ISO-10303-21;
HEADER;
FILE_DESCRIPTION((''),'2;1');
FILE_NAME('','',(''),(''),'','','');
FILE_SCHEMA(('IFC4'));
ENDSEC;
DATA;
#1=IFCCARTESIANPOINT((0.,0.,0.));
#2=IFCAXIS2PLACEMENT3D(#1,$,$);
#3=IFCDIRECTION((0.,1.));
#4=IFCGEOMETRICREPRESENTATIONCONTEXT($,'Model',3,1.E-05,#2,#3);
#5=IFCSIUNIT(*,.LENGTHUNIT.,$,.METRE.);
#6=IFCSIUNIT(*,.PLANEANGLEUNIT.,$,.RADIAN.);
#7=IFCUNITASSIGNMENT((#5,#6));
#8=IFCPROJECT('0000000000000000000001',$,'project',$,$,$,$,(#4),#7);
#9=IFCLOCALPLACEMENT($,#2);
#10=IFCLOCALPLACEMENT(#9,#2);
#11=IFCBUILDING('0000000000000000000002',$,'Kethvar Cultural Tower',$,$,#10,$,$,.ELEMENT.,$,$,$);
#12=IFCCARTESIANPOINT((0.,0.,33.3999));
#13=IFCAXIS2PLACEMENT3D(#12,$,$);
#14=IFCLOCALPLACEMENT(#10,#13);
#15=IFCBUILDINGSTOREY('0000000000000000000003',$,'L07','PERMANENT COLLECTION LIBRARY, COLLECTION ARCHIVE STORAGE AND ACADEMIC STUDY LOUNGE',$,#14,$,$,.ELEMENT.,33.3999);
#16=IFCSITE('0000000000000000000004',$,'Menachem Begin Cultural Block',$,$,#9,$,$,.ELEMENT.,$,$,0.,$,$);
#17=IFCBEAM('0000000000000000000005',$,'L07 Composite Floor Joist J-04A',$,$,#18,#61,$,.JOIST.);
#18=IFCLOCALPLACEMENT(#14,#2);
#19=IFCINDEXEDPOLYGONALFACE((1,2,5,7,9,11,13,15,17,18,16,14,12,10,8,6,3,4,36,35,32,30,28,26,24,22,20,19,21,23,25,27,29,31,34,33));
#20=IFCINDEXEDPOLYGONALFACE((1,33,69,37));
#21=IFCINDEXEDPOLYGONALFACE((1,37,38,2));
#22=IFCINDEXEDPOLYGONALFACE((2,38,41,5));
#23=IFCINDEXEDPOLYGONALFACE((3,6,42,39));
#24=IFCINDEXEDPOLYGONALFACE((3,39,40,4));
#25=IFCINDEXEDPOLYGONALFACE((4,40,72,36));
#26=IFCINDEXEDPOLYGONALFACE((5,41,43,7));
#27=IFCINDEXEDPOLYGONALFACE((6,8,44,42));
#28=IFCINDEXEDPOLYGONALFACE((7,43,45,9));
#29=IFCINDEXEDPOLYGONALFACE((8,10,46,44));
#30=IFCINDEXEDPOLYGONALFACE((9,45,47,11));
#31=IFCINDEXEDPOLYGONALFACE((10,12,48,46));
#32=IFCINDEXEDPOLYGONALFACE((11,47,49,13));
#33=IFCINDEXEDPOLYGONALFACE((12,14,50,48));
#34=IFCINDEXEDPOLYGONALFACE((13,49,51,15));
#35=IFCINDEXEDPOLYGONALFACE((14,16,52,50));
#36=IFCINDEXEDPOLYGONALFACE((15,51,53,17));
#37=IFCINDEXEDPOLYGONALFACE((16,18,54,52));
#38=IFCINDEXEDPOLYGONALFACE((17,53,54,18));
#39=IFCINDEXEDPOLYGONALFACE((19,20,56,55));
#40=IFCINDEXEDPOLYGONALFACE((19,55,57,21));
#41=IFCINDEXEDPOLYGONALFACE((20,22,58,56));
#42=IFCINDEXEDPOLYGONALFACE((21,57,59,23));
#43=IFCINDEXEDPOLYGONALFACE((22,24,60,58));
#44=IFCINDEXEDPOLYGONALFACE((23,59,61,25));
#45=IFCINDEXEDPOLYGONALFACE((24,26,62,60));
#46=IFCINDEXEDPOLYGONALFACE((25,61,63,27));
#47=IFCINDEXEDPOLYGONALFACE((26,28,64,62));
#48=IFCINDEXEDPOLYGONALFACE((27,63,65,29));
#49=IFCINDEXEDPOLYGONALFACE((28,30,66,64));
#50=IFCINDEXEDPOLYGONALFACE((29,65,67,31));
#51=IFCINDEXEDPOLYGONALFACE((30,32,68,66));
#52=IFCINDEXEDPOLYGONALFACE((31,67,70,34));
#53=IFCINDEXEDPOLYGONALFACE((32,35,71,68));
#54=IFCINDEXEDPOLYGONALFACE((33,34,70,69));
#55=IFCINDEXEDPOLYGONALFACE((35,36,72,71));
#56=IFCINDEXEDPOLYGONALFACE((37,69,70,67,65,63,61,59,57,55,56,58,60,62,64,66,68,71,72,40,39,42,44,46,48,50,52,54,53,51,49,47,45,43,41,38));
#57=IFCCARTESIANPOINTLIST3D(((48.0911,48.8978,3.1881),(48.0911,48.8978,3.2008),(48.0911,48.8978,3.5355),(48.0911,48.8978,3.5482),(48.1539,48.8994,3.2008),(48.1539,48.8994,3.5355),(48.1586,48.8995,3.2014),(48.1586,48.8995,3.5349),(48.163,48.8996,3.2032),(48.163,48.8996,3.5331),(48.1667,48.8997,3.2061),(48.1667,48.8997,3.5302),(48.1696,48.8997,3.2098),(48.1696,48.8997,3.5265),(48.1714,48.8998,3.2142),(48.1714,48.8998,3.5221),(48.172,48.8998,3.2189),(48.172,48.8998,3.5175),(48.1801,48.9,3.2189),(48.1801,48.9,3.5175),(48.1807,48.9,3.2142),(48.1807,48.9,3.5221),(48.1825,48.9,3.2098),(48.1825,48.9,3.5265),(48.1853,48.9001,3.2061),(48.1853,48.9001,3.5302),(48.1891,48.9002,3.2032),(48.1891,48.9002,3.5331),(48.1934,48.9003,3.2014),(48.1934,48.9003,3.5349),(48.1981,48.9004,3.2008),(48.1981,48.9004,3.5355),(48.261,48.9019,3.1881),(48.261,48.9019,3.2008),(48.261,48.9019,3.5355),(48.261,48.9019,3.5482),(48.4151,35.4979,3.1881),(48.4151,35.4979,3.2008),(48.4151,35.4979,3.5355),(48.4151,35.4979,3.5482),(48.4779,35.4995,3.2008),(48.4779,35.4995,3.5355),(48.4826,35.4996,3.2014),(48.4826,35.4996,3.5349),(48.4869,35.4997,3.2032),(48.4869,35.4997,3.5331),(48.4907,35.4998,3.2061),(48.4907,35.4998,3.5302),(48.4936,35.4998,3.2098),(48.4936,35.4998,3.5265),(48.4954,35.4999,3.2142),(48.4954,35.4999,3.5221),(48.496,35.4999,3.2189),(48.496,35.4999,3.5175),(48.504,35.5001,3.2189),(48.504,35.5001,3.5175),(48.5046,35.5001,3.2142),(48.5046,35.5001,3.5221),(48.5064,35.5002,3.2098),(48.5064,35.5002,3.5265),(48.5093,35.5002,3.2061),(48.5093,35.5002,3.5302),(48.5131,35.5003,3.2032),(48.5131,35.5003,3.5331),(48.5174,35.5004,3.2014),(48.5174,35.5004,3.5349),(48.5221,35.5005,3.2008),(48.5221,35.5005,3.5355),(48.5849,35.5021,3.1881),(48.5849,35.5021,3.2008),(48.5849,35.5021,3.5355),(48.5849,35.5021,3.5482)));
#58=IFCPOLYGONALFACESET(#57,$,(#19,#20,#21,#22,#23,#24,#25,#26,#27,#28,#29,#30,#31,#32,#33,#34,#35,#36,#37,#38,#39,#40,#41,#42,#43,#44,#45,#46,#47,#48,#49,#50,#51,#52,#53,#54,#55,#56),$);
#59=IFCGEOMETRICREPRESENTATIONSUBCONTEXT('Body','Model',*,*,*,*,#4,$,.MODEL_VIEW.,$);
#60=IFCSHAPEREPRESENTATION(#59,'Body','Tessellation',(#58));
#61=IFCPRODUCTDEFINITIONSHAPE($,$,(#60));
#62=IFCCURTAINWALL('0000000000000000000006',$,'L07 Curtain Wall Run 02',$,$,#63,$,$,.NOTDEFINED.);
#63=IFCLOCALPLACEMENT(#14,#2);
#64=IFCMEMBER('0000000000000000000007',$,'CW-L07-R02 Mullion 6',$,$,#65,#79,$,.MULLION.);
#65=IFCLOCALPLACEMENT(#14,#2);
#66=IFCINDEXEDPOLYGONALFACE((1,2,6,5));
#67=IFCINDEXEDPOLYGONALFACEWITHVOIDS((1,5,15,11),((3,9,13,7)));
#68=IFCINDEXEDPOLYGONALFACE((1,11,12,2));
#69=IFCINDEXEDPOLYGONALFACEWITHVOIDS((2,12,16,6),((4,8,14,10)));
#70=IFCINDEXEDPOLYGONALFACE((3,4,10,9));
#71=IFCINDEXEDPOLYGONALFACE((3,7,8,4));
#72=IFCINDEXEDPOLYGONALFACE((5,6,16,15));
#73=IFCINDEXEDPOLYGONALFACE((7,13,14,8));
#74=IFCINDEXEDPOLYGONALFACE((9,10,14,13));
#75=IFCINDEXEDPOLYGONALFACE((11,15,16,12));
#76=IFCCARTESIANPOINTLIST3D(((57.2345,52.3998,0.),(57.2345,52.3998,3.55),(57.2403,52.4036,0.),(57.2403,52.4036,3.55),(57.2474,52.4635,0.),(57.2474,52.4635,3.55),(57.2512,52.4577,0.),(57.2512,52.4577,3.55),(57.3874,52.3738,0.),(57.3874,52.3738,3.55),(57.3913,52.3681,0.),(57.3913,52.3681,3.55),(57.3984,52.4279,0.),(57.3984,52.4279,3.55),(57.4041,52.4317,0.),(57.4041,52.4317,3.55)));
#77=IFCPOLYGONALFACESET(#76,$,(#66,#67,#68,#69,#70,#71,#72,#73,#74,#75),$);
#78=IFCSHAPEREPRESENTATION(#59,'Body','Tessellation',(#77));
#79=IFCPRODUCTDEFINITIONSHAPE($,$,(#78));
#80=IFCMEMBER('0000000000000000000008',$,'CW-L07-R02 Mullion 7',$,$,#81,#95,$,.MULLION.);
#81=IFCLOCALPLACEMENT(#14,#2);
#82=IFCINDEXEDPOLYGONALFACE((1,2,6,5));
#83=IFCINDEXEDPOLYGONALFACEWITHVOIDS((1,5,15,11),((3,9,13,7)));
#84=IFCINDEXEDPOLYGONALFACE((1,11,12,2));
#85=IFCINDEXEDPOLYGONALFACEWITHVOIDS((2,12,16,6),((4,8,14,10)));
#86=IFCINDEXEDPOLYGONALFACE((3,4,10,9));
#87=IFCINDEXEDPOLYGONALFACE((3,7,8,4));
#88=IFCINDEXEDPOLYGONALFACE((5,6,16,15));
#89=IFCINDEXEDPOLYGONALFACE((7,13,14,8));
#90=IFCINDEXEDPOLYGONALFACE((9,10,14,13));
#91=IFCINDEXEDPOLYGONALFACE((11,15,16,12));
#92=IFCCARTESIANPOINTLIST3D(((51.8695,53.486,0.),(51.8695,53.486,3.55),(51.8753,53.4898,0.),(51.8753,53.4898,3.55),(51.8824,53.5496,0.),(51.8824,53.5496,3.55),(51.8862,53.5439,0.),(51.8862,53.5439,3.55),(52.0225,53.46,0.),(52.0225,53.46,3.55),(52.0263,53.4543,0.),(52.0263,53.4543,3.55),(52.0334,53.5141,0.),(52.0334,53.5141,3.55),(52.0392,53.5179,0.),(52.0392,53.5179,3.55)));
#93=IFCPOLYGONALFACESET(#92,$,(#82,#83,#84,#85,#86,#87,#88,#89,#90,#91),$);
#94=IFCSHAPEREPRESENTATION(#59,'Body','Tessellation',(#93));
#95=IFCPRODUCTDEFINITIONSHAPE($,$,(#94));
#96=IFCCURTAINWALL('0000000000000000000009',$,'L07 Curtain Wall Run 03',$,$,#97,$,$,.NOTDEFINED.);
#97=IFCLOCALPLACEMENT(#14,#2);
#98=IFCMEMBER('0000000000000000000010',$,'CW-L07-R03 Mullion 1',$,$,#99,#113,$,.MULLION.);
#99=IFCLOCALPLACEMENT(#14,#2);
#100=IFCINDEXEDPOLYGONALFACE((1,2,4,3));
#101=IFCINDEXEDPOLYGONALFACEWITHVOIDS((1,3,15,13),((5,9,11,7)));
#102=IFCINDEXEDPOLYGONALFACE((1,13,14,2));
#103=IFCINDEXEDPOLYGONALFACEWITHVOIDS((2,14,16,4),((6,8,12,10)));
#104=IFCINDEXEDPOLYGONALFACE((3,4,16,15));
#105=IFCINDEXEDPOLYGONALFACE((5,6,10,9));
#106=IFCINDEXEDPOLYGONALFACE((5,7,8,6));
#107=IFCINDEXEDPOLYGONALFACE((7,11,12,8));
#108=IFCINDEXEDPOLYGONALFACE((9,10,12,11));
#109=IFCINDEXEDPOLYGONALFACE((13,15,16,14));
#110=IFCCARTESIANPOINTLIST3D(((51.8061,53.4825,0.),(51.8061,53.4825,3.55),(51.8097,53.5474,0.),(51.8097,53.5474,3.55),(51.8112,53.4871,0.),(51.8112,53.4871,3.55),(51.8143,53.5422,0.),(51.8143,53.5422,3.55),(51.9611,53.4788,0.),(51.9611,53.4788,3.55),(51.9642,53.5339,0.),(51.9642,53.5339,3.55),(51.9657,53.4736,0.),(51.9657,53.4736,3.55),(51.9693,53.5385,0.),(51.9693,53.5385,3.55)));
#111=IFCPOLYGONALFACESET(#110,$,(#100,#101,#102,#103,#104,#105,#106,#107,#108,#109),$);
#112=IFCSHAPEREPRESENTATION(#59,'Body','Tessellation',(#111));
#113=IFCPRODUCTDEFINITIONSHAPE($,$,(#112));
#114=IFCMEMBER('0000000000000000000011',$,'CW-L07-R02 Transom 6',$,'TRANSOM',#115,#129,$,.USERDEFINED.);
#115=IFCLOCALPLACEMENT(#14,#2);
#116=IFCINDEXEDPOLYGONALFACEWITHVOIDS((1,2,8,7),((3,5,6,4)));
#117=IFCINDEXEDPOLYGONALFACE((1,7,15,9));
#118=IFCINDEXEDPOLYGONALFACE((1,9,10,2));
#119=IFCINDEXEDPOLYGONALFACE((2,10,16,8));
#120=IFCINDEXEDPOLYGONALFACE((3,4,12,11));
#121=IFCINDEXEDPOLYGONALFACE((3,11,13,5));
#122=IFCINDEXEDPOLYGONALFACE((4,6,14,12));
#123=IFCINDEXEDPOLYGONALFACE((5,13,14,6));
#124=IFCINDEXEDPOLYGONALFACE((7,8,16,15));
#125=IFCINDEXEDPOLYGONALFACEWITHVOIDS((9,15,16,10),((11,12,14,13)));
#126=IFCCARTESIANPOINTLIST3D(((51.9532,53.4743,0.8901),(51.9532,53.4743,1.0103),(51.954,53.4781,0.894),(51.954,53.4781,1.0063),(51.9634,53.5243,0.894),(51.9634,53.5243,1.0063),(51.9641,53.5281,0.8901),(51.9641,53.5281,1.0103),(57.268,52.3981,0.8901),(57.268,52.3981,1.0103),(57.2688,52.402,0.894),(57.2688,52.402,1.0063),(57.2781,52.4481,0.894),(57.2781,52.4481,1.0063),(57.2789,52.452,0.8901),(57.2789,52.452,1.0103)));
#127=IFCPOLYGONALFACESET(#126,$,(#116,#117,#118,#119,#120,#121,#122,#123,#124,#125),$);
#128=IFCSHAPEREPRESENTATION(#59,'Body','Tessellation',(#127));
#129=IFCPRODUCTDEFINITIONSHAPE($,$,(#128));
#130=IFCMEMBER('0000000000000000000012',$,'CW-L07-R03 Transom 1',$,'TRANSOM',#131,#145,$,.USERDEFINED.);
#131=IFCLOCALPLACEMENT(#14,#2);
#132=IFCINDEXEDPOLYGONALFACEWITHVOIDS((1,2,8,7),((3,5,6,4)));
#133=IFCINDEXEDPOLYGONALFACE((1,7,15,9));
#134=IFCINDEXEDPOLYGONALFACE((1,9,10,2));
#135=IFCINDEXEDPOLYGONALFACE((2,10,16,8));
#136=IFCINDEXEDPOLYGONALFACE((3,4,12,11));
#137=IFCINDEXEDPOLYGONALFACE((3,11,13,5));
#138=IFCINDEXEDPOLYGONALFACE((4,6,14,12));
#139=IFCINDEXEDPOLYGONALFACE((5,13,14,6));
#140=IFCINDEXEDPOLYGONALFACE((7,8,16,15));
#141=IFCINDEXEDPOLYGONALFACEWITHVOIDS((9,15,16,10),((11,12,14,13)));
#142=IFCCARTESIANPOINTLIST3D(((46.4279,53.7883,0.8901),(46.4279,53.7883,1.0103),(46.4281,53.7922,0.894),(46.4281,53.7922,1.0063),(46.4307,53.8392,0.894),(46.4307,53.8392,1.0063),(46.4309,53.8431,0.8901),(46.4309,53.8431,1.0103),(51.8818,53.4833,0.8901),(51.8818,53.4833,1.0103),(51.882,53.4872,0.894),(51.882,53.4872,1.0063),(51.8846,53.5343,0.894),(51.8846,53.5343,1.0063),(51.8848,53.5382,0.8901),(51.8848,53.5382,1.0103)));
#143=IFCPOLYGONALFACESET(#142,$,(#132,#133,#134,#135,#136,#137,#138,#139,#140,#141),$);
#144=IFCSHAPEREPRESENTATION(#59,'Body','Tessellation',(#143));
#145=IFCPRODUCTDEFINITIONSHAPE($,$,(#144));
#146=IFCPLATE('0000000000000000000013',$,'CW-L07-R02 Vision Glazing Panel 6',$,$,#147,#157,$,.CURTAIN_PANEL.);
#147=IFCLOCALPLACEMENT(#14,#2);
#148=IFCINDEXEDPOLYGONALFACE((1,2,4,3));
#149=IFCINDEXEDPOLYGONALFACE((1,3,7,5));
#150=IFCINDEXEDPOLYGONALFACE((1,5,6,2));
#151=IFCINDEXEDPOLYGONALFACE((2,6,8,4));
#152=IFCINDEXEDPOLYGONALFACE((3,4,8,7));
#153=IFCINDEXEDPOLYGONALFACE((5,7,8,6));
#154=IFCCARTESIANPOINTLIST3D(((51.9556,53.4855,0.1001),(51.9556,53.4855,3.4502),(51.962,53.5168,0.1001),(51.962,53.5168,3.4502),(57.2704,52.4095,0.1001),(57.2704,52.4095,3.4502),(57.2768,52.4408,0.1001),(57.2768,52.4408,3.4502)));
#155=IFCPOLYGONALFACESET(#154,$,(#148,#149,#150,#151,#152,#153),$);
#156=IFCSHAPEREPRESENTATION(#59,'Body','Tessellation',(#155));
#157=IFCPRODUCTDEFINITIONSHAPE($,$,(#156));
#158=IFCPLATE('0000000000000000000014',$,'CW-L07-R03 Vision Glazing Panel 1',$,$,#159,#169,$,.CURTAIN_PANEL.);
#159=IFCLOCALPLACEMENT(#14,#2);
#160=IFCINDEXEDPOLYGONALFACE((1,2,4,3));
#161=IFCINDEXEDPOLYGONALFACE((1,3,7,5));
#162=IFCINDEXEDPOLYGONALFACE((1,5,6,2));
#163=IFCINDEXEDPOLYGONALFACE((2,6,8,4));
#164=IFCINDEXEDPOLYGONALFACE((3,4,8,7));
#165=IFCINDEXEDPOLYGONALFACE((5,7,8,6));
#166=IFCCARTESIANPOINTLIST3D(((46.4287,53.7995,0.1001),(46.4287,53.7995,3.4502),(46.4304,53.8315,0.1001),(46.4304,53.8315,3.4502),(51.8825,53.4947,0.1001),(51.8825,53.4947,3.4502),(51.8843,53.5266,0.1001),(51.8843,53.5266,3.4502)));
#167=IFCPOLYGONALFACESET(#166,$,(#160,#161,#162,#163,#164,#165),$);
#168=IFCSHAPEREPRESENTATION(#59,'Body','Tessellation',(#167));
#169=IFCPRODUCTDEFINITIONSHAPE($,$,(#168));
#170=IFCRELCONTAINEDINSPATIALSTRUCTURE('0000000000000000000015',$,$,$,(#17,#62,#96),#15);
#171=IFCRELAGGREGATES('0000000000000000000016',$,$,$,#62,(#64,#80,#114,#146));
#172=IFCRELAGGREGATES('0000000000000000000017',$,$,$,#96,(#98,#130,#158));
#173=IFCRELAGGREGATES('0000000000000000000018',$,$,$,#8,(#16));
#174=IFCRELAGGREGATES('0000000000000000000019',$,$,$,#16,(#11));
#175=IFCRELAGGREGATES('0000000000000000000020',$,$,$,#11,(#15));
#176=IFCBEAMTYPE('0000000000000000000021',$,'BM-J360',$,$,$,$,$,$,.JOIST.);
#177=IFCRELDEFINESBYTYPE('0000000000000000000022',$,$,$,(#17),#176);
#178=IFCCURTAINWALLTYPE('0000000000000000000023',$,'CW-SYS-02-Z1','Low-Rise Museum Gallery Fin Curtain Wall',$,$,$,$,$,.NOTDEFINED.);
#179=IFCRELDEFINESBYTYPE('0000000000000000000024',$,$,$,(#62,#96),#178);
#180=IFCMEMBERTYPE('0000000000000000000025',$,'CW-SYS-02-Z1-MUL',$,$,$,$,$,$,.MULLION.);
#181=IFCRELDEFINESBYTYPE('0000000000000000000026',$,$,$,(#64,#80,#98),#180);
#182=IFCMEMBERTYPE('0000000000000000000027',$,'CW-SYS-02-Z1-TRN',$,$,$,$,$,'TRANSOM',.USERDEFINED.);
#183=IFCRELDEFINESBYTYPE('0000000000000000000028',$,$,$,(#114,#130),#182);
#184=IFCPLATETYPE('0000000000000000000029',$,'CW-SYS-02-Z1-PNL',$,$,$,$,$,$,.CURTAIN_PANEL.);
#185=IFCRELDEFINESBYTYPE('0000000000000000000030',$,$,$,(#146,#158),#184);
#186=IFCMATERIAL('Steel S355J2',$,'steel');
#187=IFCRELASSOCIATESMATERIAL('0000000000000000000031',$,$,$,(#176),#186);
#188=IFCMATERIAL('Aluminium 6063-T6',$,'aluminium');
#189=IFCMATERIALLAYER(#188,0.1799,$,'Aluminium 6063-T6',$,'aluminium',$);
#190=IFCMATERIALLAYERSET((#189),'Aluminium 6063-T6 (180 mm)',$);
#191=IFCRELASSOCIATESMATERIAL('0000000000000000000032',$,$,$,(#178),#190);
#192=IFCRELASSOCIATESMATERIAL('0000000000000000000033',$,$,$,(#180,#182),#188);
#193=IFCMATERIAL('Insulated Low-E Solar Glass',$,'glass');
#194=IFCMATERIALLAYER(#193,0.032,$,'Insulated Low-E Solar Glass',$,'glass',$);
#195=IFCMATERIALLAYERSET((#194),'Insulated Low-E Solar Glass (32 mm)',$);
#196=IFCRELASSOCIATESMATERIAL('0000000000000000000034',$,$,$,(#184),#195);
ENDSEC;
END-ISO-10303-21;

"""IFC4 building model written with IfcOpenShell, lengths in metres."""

from ifc_helpers import new_model, si_unit, direction, frame, origin, origin_2d, place, context, subcontext, project, spatial, rectangle, hollow_rectangle, i_section, extrude, source, transform, mapped, material, layer, layer_set, material_profile, profile_set, type_object, element, aggregate, save


model = new_model("IFC4")

# Units and contexts
model_context = context("Model", 3, precision=1e-05, world=origin(), true_north=direction((0.0, 1.0)))
body_context = subcontext(model_context, "Body", "Model", "MODEL_VIEW")
ifc_project = project(units=[si_unit("LENGTHUNIT", "METRE"), si_unit("PLANEANGLEUNIT", "RADIAN")], contexts=[model_context])

# Site, building, storey
site_placement = place(None, origin())
site = spatial("IfcSite", under=ifc_project, at=site_placement, Name="Menachem Begin Cultural Block", CompositionType="ELEMENT", RefElevation=0.0)
building_placement = place(site_placement, origin())
building = spatial("IfcBuilding", under=site, at=building_placement, Name="Kethvar Cultural Tower", CompositionType="ELEMENT")
storey_placement = place(building_placement, frame((0.0, 0.0, 33.3999)))
storey = spatial("IfcBuildingStorey", under=building, at=storey_placement, Name="L07", Description="PERMANENT COLLECTION LIBRARY, COLLECTION ARCHIVE STORAGE AND ACADEMIC STUDY LOUNGE", CompositionType="ELEMENT", Elevation=33.3999)

# Beam
ifc_material_1 = material(Name="Steel S355J2", Category="steel")
ifc_material_profile_1 = material_profile(ifc_material_1, i_section(OverallWidth=0.1699, OverallDepth=0.3601, WebThickness=0.0081, FlangeThickness=0.0127, FilletRadius=0.0181, at=origin_2d()), Name="Steel S355J2 — IPE360")
ifc_profile_set_1 = profile_set([ifc_material_profile_1], Name="Steel S355J2 — IPE360")
beam_type_1 = type_object("IfcBeamType", Name="BM-J360", PredefinedType="JOIST", material=ifc_profile_set_1)
shared_shape_1 = source(origin(), body_context, "Body", "SweptSolid", [
    extrude(i_section(OverallWidth=0.1699, OverallDepth=0.3601, WebThickness=0.0081, FlangeThickness=0.0127, FilletRadius=0.0181, at=origin_2d()), origin(), (0.0, 0.0, 1.0), 13.4038),
])
beam_1_placement = place(storey_placement, frame((48.5, 35.5, 3.3682), z_axis=(-0.02417, 0.999708, 0.0), x_axis=(-0.999708, -0.02417, 0.0)))
element("IfcBeam", 1, at=beam_1_placement, inside=storey, type_object=beam_type_1, Name="L07 Composite Floor Joist J-04A", PredefinedType="JOIST", context=body_context, shape_type="MappedRepresentation", body=[
    mapped(shared_shape_1, transform((0.0, 0.0, 0.0), scale=1.0)),
])

# Curtain wall, members
ifc_material_2 = material(Name="Aluminium 6063-T6", Category="aluminium")
ifc_layer_1 = layer(ifc_material_2, 0.1799, Name="Aluminium 6063-T6", Category="aluminium")
ifc_layer_set_1 = layer_set([ifc_layer_1], Name="Aluminium 6063-T6 (180 mm)")
curtain_wall_type = type_object("IfcCurtainWallType", Name="CW-SYS-02-Z1", Description="Low-Rise Museum Gallery Fin Curtain Wall", PredefinedType="NOTDEFINED", material=ifc_layer_set_1)
curtain_wall_1_placement = place(storey_placement, origin())
curtain_wall_1 = element("IfcCurtainWall", 2, at=curtain_wall_1_placement, inside=storey, type_object=curtain_wall_type, Name="L07 Curtain Wall Run 02", PredefinedType="NOTDEFINED")
ifc_material_profile_2 = material_profile(ifc_material_2, hollow_rectangle(XDim=0.0649, YDim=0.1599, WallThickness=0.0049, at=origin_2d()), Name="Aluminium 6063-T6 — RHS160x65x5")
ifc_profile_set_2 = profile_set([ifc_material_profile_2], Name="Aluminium 6063-T6 — RHS160x65x5")
member_type_1 = type_object("IfcMemberType", Name="CW-SYS-02-Z1-MUL", PredefinedType="MULLION", material=ifc_profile_set_2)
shared_shape_2 = source(origin(), body_context, "Body", "SweptSolid", [
    extrude(hollow_rectangle(XDim=0.0649, YDim=0.1599, WallThickness=0.0049, at=origin_2d()), origin(), (0.0, 0.0, 1.0), 3.55),
])
member_1_placement = place(storey_placement, frame((57.3193, 52.4158, 0.0), z_axis=(0.0, 0.0, 1.0), x_axis=(-0.198427, -0.980116, 0.0)))
member_1 = element("IfcMember", 3, at=member_1_placement, type_object=member_type_1, Name="CW-L07-R02 Mullion 6", PredefinedType="MULLION", context=body_context, shape_type="MappedRepresentation", body=[
    mapped(shared_shape_2, transform((0.0, 0.0, 0.0), scale=1.0)),
])
member_2_placement = place(storey_placement, frame((51.9543, 53.502, 0.0), z_axis=(0.0, 0.0, 1.0), x_axis=(-0.198427, -0.980116, 0.0)))
member_2 = element("IfcMember", 4, at=member_2_placement, type_object=member_type_1, Name="CW-L07-R02 Mullion 7", PredefinedType="MULLION", context=body_context, shape_type="MappedRepresentation", body=[
    mapped(shared_shape_2, transform((0.0, 0.0, 0.0), scale=1.0)),
])

# Curtain wall, member
curtain_wall_2_placement = place(storey_placement, origin())
curtain_wall_2 = element("IfcCurtainWall", 5, at=curtain_wall_2_placement, inside=storey, type_object=curtain_wall_type, Name="L07 Curtain Wall Run 03", PredefinedType="NOTDEFINED")
member_3_placement = place(storey_placement, frame((51.8877, 53.5105, 0.0), z_axis=(0.0, 0.0, 1.0), x_axis=(-0.055804, -0.998442, 0.0)))
member_3 = element("IfcMember", 6, at=member_3_placement, type_object=member_type_1, Name="CW-L07-R03 Mullion 1", PredefinedType="MULLION", context=body_context, shape_type="MappedRepresentation", body=[
    mapped(shared_shape_2, transform((0.0, 0.0, 0.0), scale=1.0)),
])

# Members
ifc_material_profile_3 = material_profile(ifc_material_2, hollow_rectangle(XDim=0.0549, YDim=0.1201, WallThickness=0.0039, at=origin_2d()), Name="Aluminium 6063-T6 — RHS120x55x4")
ifc_profile_set_3 = profile_set([ifc_material_profile_3], Name="Aluminium 6063-T6 — RHS120x55x4")
member_type_2 = type_object("IfcMemberType", Name="CW-SYS-02-Z1-TRN", ElementType="TRANSOM", PredefinedType="USERDEFINED", material=ifc_profile_set_3)
shared_shape_3 = source(origin(), body_context, "Body", "SweptSolid", [
    extrude(hollow_rectangle(XDim=0.0549, YDim=0.1201, WallThickness=0.0039, at=origin_2d()), origin(), (0.0, 0.0, 1.0), 5.4226),
])
member_4_placement = place(storey_placement, frame((57.2734, 52.425, 0.9502), z_axis=(-0.980109, 0.198462, 0.0), x_axis=(-0.198462, -0.980109, 0.0)))
member_4 = element("IfcMember", 7, at=member_4_placement, type_object=member_type_2, Name="CW-L07-R02 Transom 6", ObjectType="TRANSOM", PredefinedType="USERDEFINED", context=body_context, shape_type="MappedRepresentation", body=[
    mapped(shared_shape_3, transform((0.0, 0.0, 0.0), scale=1.0)),
])
shared_shape_4 = source(origin(), body_context, "Body", "SweptSolid", [
    extrude(hollow_rectangle(XDim=0.0549, YDim=0.1201, WallThickness=0.0039, at=origin_2d()), origin(), (0.0, 0.0, 1.0), 5.4624),
])
member_5_placement = place(storey_placement, frame((51.8833, 53.5107, 0.9502), z_axis=(-0.998441, 0.055824, 0.0), x_axis=(-0.055824, -0.998441, 0.0)))
member_5 = element("IfcMember", 8, at=member_5_placement, type_object=member_type_2, Name="CW-L07-R03 Transom 1", ObjectType="TRANSOM", PredefinedType="USERDEFINED", context=body_context, shape_type="MappedRepresentation", body=[
    mapped(shared_shape_4, transform((0.0, 0.0, 0.0), scale=1.0)),
])

# Plates
ifc_material_3 = material(Name="Insulated Low-E Solar Glass", Category="glass")
ifc_layer_2 = layer(ifc_material_3, 0.032, Name="Insulated Low-E Solar Glass", Category="glass")
ifc_layer_set_2 = layer_set([ifc_layer_2], Name="Insulated Low-E Solar Glass (32 mm)")
plate_type = type_object("IfcPlateType", Name="CW-SYS-02-Z1-PNL", PredefinedType="CURTAIN_PANEL", material=ifc_layer_set_2)
shared_shape_5 = source(origin(), body_context, "Body", "SweptSolid", [
    extrude(rectangle(XDim=5.4226, YDim=0.032, at=origin_2d()), origin(), (0.0, 0.0, 1.0), 3.3501),
])
plate_1_placement = place(storey_placement, frame((54.6162, 52.9631, 0.1001), z_axis=(0.0, 0.0, 1.0), x_axis=(-0.980116, 0.198427, 0.0)))
plate_1 = element("IfcPlate", 9, at=plate_1_placement, type_object=plate_type, Name="CW-L07-R02 Vision Glazing Panel 6", PredefinedType="CURTAIN_PANEL", context=body_context, shape_type="MappedRepresentation", body=[
    mapped(shared_shape_5, transform((0.0, 0.0, 0.0), scale=1.0)),
])
aggregate(curtain_wall_1, [member_1, member_2, member_4, plate_1])
shared_shape_6 = source(origin(), body_context, "Body", "SweptSolid", [
    extrude(rectangle(XDim=5.4624, YDim=0.032, at=origin_2d()), origin(), (0.0, 0.0, 1.0), 3.3501),
])
plate_2_placement = place(storey_placement, frame((49.1565, 53.6631, 0.1001), z_axis=(0.0, 0.0, 1.0), x_axis=(-0.998442, 0.055804, 0.0)))
plate_2 = element("IfcPlate", 10, at=plate_2_placement, type_object=plate_type, Name="CW-L07-R03 Vision Glazing Panel 1", PredefinedType="CURTAIN_PANEL", context=body_context, shape_type="MappedRepresentation", body=[
    mapped(shared_shape_6, transform((0.0, 0.0, 0.0), scale=1.0)),
])
aggregate(curtain_wall_2, [member_3, member_5, plate_2])

save(model, "model.ifc")
